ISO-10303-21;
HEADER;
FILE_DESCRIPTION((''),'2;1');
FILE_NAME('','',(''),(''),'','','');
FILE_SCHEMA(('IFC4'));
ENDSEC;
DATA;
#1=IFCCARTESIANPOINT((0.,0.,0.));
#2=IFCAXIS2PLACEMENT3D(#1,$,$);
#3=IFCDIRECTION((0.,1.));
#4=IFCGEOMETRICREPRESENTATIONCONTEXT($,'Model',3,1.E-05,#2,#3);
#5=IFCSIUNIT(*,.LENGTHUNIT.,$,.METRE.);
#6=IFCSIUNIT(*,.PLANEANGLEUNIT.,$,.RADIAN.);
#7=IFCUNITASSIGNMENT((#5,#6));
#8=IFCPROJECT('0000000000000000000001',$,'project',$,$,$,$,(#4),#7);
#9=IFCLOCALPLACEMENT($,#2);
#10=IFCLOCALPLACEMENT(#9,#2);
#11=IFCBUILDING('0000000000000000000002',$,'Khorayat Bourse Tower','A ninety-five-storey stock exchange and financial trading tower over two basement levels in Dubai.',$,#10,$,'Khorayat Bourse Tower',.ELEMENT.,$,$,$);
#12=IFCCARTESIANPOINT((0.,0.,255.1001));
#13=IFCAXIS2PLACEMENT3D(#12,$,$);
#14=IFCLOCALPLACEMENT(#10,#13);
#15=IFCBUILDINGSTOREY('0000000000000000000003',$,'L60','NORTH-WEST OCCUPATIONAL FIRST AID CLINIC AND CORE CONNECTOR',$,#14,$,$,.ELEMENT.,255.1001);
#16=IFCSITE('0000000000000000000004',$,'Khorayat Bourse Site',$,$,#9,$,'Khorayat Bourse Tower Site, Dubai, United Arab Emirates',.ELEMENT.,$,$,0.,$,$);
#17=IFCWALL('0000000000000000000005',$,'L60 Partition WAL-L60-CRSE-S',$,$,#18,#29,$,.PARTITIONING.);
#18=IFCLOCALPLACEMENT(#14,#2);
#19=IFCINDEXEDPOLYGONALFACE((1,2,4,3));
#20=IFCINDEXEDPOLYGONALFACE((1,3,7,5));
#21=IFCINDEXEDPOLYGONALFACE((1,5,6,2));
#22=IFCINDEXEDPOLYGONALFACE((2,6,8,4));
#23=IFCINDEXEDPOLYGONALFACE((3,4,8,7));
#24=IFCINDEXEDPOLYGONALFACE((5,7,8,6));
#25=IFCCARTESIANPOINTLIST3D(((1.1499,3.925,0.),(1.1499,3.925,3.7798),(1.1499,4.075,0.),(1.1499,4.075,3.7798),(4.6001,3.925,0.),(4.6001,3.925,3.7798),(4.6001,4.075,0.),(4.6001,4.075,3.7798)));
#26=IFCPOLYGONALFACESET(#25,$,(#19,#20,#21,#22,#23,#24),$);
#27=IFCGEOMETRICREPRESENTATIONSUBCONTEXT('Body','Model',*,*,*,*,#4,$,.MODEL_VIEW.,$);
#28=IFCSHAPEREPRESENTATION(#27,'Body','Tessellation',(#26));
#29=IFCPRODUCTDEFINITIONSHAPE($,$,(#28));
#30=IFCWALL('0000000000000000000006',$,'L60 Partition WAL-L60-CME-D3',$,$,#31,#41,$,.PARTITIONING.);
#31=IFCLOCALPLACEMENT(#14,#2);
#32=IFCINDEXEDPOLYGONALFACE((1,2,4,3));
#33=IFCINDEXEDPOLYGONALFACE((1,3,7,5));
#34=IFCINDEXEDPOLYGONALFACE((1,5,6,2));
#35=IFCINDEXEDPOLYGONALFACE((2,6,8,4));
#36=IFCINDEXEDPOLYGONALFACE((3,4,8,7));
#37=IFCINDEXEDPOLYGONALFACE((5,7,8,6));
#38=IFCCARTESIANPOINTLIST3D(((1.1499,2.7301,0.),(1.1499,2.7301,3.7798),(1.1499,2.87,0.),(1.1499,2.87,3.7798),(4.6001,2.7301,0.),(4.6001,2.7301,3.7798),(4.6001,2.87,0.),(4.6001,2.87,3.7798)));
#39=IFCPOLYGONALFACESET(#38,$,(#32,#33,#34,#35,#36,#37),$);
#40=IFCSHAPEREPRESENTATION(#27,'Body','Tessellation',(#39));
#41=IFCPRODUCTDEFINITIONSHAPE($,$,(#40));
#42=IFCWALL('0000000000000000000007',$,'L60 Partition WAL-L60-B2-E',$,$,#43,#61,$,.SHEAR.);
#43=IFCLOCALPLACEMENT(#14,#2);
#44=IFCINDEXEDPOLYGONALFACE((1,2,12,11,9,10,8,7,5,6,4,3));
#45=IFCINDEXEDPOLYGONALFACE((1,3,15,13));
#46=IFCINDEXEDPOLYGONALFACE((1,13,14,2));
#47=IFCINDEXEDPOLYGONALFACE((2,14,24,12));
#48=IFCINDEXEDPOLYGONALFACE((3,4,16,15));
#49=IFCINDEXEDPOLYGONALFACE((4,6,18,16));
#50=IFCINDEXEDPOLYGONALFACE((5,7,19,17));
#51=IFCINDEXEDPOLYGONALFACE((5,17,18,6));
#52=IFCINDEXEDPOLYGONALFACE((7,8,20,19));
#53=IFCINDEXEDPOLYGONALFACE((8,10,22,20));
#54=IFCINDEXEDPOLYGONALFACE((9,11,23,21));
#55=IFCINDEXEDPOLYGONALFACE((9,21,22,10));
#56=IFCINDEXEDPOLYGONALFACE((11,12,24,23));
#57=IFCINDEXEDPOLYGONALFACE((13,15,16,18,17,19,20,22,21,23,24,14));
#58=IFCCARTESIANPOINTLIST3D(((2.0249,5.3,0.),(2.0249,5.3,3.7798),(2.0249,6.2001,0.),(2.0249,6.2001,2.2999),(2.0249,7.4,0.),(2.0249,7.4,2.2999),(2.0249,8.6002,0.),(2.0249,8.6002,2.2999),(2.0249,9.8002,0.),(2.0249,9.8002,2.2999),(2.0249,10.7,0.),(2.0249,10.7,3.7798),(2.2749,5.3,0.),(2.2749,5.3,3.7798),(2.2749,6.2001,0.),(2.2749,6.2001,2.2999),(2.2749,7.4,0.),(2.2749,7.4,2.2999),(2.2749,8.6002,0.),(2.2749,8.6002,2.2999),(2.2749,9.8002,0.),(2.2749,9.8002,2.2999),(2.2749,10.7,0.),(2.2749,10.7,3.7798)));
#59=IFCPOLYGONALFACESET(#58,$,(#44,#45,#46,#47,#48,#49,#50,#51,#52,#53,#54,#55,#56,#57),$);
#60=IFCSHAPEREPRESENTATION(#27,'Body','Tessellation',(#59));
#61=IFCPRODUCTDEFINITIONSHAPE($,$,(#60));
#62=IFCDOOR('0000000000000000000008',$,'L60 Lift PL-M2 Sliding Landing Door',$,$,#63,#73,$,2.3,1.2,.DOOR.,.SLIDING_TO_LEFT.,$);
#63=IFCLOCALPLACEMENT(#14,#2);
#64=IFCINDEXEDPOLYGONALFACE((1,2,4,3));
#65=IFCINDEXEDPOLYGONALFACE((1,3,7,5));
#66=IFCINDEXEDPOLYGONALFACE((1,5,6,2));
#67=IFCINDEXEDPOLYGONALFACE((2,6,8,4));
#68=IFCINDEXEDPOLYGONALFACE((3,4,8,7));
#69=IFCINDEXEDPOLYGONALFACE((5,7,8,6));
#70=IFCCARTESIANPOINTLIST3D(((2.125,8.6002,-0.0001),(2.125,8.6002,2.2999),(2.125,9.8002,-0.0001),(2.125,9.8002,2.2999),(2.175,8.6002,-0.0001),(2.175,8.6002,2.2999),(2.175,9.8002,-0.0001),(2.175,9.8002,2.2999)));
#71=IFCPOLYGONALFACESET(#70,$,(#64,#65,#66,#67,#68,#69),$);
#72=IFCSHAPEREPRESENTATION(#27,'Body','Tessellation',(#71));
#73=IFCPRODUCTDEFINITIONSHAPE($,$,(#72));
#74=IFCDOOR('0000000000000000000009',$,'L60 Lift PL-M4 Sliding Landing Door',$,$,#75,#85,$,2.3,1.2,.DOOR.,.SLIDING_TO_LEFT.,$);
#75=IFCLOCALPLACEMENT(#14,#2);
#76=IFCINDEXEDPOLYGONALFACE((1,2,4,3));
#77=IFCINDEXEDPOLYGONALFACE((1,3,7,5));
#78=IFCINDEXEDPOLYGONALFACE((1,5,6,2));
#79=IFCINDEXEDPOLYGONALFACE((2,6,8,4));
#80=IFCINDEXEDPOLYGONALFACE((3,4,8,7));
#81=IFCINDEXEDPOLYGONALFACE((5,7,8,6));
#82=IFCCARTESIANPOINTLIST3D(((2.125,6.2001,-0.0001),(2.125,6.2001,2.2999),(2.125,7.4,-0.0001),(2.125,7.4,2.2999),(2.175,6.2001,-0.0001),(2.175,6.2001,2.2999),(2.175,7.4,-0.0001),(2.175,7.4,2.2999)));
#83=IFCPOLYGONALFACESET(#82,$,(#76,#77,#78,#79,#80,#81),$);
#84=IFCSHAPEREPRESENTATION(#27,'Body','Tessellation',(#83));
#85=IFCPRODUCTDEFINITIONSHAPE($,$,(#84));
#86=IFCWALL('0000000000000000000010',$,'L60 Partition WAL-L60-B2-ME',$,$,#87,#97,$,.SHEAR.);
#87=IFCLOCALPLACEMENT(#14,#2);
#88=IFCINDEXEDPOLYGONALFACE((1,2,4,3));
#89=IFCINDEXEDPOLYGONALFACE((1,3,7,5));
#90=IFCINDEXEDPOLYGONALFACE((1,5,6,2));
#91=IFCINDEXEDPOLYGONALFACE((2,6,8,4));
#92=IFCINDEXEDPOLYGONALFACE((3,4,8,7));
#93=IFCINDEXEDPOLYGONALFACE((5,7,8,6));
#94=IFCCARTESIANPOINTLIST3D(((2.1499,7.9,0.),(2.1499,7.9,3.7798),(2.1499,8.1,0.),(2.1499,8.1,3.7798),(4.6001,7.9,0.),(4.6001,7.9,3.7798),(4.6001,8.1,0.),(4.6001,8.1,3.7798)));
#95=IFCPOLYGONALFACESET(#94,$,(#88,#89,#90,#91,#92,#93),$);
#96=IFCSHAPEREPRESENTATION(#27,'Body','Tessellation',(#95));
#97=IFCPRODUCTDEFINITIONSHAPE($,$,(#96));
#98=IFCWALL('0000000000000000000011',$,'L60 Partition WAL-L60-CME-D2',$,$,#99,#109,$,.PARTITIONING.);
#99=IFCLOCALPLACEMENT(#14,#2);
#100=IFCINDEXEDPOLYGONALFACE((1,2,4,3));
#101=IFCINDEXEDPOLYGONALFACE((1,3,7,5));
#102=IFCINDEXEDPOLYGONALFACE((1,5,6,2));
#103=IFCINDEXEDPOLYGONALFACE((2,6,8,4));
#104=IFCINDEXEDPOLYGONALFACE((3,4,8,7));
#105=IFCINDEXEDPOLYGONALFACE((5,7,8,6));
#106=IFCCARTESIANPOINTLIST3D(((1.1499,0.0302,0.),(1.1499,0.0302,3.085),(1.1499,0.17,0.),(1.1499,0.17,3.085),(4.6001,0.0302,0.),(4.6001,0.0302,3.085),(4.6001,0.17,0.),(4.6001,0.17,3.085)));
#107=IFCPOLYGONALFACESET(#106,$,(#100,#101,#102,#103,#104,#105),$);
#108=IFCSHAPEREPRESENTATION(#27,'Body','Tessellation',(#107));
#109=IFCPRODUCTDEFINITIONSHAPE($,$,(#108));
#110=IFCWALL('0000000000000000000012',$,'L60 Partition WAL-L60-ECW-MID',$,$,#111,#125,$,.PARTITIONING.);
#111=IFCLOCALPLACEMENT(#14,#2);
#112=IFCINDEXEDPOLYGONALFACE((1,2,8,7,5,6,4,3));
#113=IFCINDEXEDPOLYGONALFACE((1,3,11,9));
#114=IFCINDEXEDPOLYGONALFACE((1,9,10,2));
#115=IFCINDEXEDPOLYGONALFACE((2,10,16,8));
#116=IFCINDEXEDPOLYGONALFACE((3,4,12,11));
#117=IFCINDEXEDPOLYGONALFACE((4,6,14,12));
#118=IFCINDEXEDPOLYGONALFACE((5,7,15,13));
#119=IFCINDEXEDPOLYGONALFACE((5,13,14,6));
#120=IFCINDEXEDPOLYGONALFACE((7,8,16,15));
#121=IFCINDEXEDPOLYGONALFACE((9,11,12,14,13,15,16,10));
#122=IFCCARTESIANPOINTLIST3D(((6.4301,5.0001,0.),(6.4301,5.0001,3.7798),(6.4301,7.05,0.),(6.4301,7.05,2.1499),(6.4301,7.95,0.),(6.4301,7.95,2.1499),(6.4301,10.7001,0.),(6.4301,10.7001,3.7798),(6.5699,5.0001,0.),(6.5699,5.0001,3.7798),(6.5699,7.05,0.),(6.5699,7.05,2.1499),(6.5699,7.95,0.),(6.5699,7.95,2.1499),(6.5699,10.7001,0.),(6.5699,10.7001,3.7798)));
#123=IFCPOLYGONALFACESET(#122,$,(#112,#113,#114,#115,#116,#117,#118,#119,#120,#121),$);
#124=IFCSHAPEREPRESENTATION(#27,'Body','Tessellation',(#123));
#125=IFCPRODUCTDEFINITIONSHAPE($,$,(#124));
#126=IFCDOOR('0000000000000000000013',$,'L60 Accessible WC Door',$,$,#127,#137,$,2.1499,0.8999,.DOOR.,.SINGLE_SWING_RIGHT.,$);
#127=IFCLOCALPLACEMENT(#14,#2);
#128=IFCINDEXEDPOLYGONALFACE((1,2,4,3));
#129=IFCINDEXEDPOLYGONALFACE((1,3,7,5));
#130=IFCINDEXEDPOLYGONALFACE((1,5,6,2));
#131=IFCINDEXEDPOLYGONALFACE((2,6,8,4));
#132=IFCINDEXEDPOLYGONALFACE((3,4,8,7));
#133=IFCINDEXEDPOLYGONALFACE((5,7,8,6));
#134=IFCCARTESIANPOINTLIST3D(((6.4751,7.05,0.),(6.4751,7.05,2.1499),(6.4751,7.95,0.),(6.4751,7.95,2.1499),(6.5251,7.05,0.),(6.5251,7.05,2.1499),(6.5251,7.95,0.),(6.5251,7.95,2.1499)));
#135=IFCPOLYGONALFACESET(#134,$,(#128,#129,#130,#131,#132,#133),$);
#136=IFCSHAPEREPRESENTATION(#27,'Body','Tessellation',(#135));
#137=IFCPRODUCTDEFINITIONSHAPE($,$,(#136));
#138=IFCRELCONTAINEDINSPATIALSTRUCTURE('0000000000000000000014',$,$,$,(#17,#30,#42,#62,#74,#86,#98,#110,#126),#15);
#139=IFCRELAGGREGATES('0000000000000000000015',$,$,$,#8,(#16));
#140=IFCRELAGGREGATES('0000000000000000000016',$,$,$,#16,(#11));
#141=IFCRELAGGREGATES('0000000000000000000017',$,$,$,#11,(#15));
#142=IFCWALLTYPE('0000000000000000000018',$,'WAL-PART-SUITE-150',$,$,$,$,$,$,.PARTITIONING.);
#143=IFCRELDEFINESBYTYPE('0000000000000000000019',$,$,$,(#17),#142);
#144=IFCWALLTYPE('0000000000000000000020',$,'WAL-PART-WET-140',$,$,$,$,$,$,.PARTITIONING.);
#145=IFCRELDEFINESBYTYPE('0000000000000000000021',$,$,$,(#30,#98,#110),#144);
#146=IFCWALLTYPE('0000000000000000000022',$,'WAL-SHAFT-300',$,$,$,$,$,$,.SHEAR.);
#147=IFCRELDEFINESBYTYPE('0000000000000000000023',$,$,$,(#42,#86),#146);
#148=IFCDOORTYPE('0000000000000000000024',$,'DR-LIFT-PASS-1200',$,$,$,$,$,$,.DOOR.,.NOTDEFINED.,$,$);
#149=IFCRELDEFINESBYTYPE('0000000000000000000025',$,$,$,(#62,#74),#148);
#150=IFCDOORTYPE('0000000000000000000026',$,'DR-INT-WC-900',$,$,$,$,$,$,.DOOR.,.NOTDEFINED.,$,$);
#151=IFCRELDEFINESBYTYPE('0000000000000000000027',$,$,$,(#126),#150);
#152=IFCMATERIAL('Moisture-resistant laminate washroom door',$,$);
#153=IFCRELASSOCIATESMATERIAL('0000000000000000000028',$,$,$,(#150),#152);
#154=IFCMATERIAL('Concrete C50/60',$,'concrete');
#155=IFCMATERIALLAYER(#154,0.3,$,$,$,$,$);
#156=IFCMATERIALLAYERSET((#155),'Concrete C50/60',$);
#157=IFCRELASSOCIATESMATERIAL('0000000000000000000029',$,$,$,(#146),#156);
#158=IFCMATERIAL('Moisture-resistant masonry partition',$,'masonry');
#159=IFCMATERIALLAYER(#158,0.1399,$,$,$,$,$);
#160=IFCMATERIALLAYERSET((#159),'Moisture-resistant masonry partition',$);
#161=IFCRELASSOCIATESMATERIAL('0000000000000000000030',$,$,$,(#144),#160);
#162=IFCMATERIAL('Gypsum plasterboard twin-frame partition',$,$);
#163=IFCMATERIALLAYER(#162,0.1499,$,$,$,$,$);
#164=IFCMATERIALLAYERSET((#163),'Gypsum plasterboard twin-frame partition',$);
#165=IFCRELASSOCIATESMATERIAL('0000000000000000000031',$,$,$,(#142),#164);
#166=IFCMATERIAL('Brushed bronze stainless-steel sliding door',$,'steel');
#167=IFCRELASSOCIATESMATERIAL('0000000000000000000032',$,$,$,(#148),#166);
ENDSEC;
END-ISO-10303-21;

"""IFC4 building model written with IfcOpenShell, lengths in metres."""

from ifc_helpers import new_model, si_unit, direction, frame, frame_2d, origin, place, context, subcontext, project, spatial, rectangle, extrude, source, transform, mapped, material, layer, layer_set, type_object, element, fill, save


model = new_model("IFC4")

# Units and contexts
model_context = context("Model", 3, precision=1e-05, world=origin(), true_north=direction((0.0, 1.0)))
body_context = subcontext(model_context, "Body", "Model", "MODEL_VIEW")
ifc_project = project(units=[si_unit("LENGTHUNIT", "METRE"), si_unit("PLANEANGLEUNIT", "RADIAN")], contexts=[model_context])

# Site, building, storey
site_placement = place(None, origin())
site = spatial("IfcSite", under=ifc_project, at=site_placement, Name="Khorayat Bourse Site", LongName="Khorayat Bourse Tower Site, Dubai, United Arab Emirates", CompositionType="ELEMENT", RefElevation=0.0)
building_placement = place(site_placement, origin())
building = spatial("IfcBuilding", under=site, at=building_placement, Name="Khorayat Bourse Tower", Description="A ninety-five-storey stock exchange and financial trading tower over two basement levels in Dubai.", LongName="Khorayat Bourse Tower", CompositionType="ELEMENT")
storey_placement = place(building_placement, frame((0.0, 0.0, 255.1001)))
storey = spatial("IfcBuildingStorey", under=building, at=storey_placement, Name="L60", Description="NORTH-WEST OCCUPATIONAL FIRST AID CLINIC AND CORE CONNECTOR", CompositionType="ELEMENT", Elevation=255.1001)

# Shared definitions
ifc_material_1 = material(Name="Moisture-resistant laminate washroom door")
door_type_1 = type_object("IfcDoorType", Name="DR-INT-WC-900", OperationType="NOTDEFINED", PredefinedType="DOOR", material=ifc_material_1)
shared_shape_1 = source(origin(), body_context, "Body", "SweptSolid", [
    extrude(rectangle(XDim=0.8999, YDim=2.1499, at=frame_2d((0.45, 1.075))), frame((0.0, 0.0249, 0.0), z_axis=(0.0, -1.0, 0.0), x_axis=(1.0, 0.0, 0.0)), (0.0, 0.0, 1.0), 0.05),
])

# Shared definitions
ifc_material_2 = material(Name="Concrete C50/60", Category="concrete")
ifc_layer_1 = layer(ifc_material_2, 0.3)
ifc_layer_set_1 = layer_set([ifc_layer_1], Name="Concrete C50/60")
wall_type_1 = type_object("IfcWallType", Name="WAL-SHAFT-300", PredefinedType="SHEAR", material=ifc_layer_set_1)
ifc_material_3 = material(Name="Moisture-resistant masonry partition", Category="masonry")
ifc_layer_2 = layer(ifc_material_3, 0.1399)
ifc_layer_set_2 = layer_set([ifc_layer_2], Name="Moisture-resistant masonry partition")
wall_type_2 = type_object("IfcWallType", Name="WAL-PART-WET-140", PredefinedType="PARTITIONING", material=ifc_layer_set_2)

# Shared definitions
shared_shape_2 = source(origin(), body_context, "Body", "SweptSolid", [
    extrude(rectangle(XDim=0.8999, YDim=2.1499, at=frame_2d((0.45, 1.075))), frame((0.0, 0.0798, 0.0), z_axis=(0.0, -1.0, 0.0), x_axis=(1.0, 0.0, 0.0)), (0.0, 0.0, 1.0), 0.1599),
])

# Walls
ifc_material_4 = material(Name="Gypsum plasterboard twin-frame partition")
ifc_layer_3 = layer(ifc_material_4, 0.1499)
ifc_layer_set_3 = layer_set([ifc_layer_3], Name="Gypsum plasterboard twin-frame partition")
wall_type_3 = type_object("IfcWallType", Name="WAL-PART-SUITE-150", PredefinedType="PARTITIONING", material=ifc_layer_set_3)
shared_shape_3 = source(origin(), body_context, "Body", "SweptSolid", [
    extrude(rectangle(XDim=3.4502, YDim=0.1499, at=frame_2d((1.7251, 0.0))), origin(), (0.0, 0.0, 1.0), 3.7798),
])
wall_1_placement = place(storey_placement, frame((1.1499, 4.0, 0.0), z_axis=(0.0, 0.0, 1.0), x_axis=(1.0, 0.0, 0.0)))
element("IfcWall", 1, at=wall_1_placement, inside=storey, type_object=wall_type_3, Name="L60 Partition WAL-L60-CRSE-S", PredefinedType="PARTITIONING", context=body_context, shape_type="MappedRepresentation", body=[
    mapped(shared_shape_3, transform((0.0, 0.0, 0.0), scale=1.0)),
])
shared_shape_4 = source(origin(), body_context, "Body", "SweptSolid", [
    extrude(rectangle(XDim=3.4502, YDim=0.1399, at=frame_2d((1.7251, 0.0))), origin(), (0.0, 0.0, 1.0), 3.7798),
])
wall_2_placement = place(storey_placement, frame((1.1499, 2.8, 0.0), z_axis=(0.0, 0.0, 1.0), x_axis=(1.0, 0.0, 0.0)))
element("IfcWall", 2, at=wall_2_placement, inside=storey, type_object=wall_type_2, Name="L60 Partition WAL-L60-CME-D3", PredefinedType="PARTITIONING", context=body_context, shape_type="MappedRepresentation", body=[
    mapped(shared_shape_4, transform((0.0, 0.0, 0.0), scale=1.0)),
])

# Wall, openings, doors
shared_shape_5 = source(origin(), body_context, "Body", "SweptSolid", [
    extrude(rectangle(XDim=5.3999, YDim=0.25, at=frame_2d((2.7, 0.0))), origin(), (0.0, 0.0, 1.0), 3.7798),
])
wall_3_placement = place(storey_placement, frame((2.1499, 5.3, 0.0), z_axis=(0.0, 0.0, 1.0), x_axis=(0.0, 1.0, 0.0)))
wall_3 = element("IfcWall", 3, at=wall_3_placement, inside=storey, type_object=wall_type_1, Name="L60 Partition WAL-L60-B2-E", PredefinedType="SHEAR", context=body_context, shape_type="MappedRepresentation", body=[
    mapped(shared_shape_5, transform((0.0, 0.0, 0.0), scale=1.0)),
])
shared_shape_6 = source(origin(), body_context, "Body", "SweptSolid", [
    extrude(rectangle(XDim=1.2, YDim=2.3, at=frame_2d((0.6001, 1.1499))), frame((0.0, 0.135, 0.0), z_axis=(0.0, -1.0, 0.0), x_axis=(1.0, 0.0, 0.0)), (0.0, 0.0, 1.0), 0.27),
])
opening_1_placement = place(wall_3_placement, frame((3.3, 0.0, 0.0)))
opening_1 = element("IfcOpeningElement", 4, at=opening_1_placement, cuts=wall_3, PredefinedType="OPENING", context=body_context, shape_type="MappedRepresentation", body=[
    mapped(shared_shape_6, transform((0.0, 0.0, 0.0), scale=1.0)),
])
opening_2_placement = place(wall_3_placement, frame((0.8999, 0.0, 0.0)))
opening_2 = element("IfcOpeningElement", 5, at=opening_2_placement, cuts=wall_3, PredefinedType="OPENING", context=body_context, shape_type="MappedRepresentation", body=[
    mapped(shared_shape_6, transform((0.0, 0.0, 0.0), scale=1.0)),
])
ifc_material_5 = material(Name="Brushed bronze stainless-steel sliding door", Category="steel")
door_type_2 = type_object("IfcDoorType", Name="DR-LIFT-PASS-1200", OperationType="NOTDEFINED", PredefinedType="DOOR", material=ifc_material_5)
shared_shape_7 = source(origin(), body_context, "Body", "SweptSolid", [
    extrude(rectangle(XDim=1.2, YDim=2.3, at=frame_2d((0.6001, 1.1499))), frame((0.0, 0.0249, 0.0), z_axis=(0.0, -1.0, 0.0), x_axis=(1.0, 0.0, 0.0)), (0.0, 0.0, 1.0), 0.05),
])
door_1_placement = place(opening_1_placement, origin())
door_1 = element("IfcDoor", 6, at=door_1_placement, inside=storey, type_object=door_type_2, Name="L60 Lift PL-M2 Sliding Landing Door", OperationType="SLIDING_TO_LEFT", OverallHeight=2.3, OverallWidth=1.2, PredefinedType="DOOR", context=body_context, shape_type="MappedRepresentation", body=[
    mapped(shared_shape_7, transform((0.0, 0.0, 0.0), scale=1.0)),
])
fill(opening_1, door_1)
door_2_placement = place(opening_2_placement, origin())
door_2 = element("IfcDoor", 7, at=door_2_placement, inside=storey, type_object=door_type_2, Name="L60 Lift PL-M4 Sliding Landing Door", OperationType="SLIDING_TO_LEFT", OverallHeight=2.3, OverallWidth=1.2, PredefinedType="DOOR", context=body_context, shape_type="MappedRepresentation", body=[
    mapped(shared_shape_7, transform((0.0, 0.0, 0.0), scale=1.0)),
])
fill(opening_2, door_2)

# Walls
shared_shape_8 = source(origin(), body_context, "Body", "SweptSolid", [
    extrude(rectangle(XDim=2.4502, YDim=0.2, at=frame_2d((1.2251, 0.0))), origin(), (0.0, 0.0, 1.0), 3.7798),
])
wall_4_placement = place(storey_placement, frame((2.1499, 8.0, 0.0), z_axis=(0.0, 0.0, 1.0), x_axis=(1.0, 0.0, 0.0)))
element("IfcWall", 8, at=wall_4_placement, inside=storey, type_object=wall_type_1, Name="L60 Partition WAL-L60-B2-ME", PredefinedType="SHEAR", context=body_context, shape_type="MappedRepresentation", body=[
    mapped(shared_shape_8, transform((0.0, 0.0, 0.0), scale=1.0)),
])
shared_shape_9 = source(origin(), body_context, "Body", "SweptSolid", [
    extrude(rectangle(XDim=3.4502, YDim=0.1399, at=frame_2d((1.7251, 0.0))), origin(), (0.0, 0.0, 1.0), 3.085),
])
wall_5_placement = place(storey_placement, frame((1.1499, 0.1001, 0.0), z_axis=(0.0, 0.0, 1.0), x_axis=(1.0, 0.0, 0.0)))
element("IfcWall", 9, at=wall_5_placement, inside=storey, type_object=wall_type_2, Name="L60 Partition WAL-L60-CME-D2", PredefinedType="PARTITIONING", context=body_context, shape_type="MappedRepresentation", body=[
    mapped(shared_shape_9, transform((0.0, 0.0, 0.0), scale=1.0)),
])

# Wall, opening, door
shared_shape_10 = source(origin(), body_context, "Body", "SweptSolid", [
    extrude(rectangle(XDim=5.7, YDim=0.1399, at=frame_2d((2.8501, 0.0))), origin(), (0.0, 0.0, 1.0), 3.7798),
])
wall_6_placement = place(storey_placement, frame((6.5, 5.0, 0.0), z_axis=(0.0, 0.0, 1.0), x_axis=(0.0, 1.0, 0.0)))
wall_6 = element("IfcWall", 10, at=wall_6_placement, inside=storey, type_object=wall_type_2, Name="L60 Partition WAL-L60-ECW-MID", PredefinedType="PARTITIONING", context=body_context, shape_type="MappedRepresentation", body=[
    mapped(shared_shape_10, transform((0.0, 0.0, 0.0), scale=1.0)),
])
opening_3_placement = place(wall_6_placement, frame((2.05, 0.0, 0.0)))
opening_3 = element("IfcOpeningElement", 11, at=opening_3_placement, cuts=wall_6, PredefinedType="OPENING", context=body_context, shape_type="MappedRepresentation", body=[
    mapped(shared_shape_2, transform((0.0, 0.0, 0.0), scale=1.0)),
])
door_3_placement = place(opening_3_placement, origin())
door_3 = element("IfcDoor", 12, at=door_3_placement, inside=storey, type_object=door_type_1, Name="L60 Accessible WC Door", OperationType="SINGLE_SWING_RIGHT", OverallHeight=2.1499, OverallWidth=0.8999, PredefinedType="DOOR", context=body_context, shape_type="MappedRepresentation", body=[
    mapped(shared_shape_1, transform((0.0, 0.0, 0.0), scale=1.0)),
])
fill(opening_3, door_3)

save(model, "model.ifc")
